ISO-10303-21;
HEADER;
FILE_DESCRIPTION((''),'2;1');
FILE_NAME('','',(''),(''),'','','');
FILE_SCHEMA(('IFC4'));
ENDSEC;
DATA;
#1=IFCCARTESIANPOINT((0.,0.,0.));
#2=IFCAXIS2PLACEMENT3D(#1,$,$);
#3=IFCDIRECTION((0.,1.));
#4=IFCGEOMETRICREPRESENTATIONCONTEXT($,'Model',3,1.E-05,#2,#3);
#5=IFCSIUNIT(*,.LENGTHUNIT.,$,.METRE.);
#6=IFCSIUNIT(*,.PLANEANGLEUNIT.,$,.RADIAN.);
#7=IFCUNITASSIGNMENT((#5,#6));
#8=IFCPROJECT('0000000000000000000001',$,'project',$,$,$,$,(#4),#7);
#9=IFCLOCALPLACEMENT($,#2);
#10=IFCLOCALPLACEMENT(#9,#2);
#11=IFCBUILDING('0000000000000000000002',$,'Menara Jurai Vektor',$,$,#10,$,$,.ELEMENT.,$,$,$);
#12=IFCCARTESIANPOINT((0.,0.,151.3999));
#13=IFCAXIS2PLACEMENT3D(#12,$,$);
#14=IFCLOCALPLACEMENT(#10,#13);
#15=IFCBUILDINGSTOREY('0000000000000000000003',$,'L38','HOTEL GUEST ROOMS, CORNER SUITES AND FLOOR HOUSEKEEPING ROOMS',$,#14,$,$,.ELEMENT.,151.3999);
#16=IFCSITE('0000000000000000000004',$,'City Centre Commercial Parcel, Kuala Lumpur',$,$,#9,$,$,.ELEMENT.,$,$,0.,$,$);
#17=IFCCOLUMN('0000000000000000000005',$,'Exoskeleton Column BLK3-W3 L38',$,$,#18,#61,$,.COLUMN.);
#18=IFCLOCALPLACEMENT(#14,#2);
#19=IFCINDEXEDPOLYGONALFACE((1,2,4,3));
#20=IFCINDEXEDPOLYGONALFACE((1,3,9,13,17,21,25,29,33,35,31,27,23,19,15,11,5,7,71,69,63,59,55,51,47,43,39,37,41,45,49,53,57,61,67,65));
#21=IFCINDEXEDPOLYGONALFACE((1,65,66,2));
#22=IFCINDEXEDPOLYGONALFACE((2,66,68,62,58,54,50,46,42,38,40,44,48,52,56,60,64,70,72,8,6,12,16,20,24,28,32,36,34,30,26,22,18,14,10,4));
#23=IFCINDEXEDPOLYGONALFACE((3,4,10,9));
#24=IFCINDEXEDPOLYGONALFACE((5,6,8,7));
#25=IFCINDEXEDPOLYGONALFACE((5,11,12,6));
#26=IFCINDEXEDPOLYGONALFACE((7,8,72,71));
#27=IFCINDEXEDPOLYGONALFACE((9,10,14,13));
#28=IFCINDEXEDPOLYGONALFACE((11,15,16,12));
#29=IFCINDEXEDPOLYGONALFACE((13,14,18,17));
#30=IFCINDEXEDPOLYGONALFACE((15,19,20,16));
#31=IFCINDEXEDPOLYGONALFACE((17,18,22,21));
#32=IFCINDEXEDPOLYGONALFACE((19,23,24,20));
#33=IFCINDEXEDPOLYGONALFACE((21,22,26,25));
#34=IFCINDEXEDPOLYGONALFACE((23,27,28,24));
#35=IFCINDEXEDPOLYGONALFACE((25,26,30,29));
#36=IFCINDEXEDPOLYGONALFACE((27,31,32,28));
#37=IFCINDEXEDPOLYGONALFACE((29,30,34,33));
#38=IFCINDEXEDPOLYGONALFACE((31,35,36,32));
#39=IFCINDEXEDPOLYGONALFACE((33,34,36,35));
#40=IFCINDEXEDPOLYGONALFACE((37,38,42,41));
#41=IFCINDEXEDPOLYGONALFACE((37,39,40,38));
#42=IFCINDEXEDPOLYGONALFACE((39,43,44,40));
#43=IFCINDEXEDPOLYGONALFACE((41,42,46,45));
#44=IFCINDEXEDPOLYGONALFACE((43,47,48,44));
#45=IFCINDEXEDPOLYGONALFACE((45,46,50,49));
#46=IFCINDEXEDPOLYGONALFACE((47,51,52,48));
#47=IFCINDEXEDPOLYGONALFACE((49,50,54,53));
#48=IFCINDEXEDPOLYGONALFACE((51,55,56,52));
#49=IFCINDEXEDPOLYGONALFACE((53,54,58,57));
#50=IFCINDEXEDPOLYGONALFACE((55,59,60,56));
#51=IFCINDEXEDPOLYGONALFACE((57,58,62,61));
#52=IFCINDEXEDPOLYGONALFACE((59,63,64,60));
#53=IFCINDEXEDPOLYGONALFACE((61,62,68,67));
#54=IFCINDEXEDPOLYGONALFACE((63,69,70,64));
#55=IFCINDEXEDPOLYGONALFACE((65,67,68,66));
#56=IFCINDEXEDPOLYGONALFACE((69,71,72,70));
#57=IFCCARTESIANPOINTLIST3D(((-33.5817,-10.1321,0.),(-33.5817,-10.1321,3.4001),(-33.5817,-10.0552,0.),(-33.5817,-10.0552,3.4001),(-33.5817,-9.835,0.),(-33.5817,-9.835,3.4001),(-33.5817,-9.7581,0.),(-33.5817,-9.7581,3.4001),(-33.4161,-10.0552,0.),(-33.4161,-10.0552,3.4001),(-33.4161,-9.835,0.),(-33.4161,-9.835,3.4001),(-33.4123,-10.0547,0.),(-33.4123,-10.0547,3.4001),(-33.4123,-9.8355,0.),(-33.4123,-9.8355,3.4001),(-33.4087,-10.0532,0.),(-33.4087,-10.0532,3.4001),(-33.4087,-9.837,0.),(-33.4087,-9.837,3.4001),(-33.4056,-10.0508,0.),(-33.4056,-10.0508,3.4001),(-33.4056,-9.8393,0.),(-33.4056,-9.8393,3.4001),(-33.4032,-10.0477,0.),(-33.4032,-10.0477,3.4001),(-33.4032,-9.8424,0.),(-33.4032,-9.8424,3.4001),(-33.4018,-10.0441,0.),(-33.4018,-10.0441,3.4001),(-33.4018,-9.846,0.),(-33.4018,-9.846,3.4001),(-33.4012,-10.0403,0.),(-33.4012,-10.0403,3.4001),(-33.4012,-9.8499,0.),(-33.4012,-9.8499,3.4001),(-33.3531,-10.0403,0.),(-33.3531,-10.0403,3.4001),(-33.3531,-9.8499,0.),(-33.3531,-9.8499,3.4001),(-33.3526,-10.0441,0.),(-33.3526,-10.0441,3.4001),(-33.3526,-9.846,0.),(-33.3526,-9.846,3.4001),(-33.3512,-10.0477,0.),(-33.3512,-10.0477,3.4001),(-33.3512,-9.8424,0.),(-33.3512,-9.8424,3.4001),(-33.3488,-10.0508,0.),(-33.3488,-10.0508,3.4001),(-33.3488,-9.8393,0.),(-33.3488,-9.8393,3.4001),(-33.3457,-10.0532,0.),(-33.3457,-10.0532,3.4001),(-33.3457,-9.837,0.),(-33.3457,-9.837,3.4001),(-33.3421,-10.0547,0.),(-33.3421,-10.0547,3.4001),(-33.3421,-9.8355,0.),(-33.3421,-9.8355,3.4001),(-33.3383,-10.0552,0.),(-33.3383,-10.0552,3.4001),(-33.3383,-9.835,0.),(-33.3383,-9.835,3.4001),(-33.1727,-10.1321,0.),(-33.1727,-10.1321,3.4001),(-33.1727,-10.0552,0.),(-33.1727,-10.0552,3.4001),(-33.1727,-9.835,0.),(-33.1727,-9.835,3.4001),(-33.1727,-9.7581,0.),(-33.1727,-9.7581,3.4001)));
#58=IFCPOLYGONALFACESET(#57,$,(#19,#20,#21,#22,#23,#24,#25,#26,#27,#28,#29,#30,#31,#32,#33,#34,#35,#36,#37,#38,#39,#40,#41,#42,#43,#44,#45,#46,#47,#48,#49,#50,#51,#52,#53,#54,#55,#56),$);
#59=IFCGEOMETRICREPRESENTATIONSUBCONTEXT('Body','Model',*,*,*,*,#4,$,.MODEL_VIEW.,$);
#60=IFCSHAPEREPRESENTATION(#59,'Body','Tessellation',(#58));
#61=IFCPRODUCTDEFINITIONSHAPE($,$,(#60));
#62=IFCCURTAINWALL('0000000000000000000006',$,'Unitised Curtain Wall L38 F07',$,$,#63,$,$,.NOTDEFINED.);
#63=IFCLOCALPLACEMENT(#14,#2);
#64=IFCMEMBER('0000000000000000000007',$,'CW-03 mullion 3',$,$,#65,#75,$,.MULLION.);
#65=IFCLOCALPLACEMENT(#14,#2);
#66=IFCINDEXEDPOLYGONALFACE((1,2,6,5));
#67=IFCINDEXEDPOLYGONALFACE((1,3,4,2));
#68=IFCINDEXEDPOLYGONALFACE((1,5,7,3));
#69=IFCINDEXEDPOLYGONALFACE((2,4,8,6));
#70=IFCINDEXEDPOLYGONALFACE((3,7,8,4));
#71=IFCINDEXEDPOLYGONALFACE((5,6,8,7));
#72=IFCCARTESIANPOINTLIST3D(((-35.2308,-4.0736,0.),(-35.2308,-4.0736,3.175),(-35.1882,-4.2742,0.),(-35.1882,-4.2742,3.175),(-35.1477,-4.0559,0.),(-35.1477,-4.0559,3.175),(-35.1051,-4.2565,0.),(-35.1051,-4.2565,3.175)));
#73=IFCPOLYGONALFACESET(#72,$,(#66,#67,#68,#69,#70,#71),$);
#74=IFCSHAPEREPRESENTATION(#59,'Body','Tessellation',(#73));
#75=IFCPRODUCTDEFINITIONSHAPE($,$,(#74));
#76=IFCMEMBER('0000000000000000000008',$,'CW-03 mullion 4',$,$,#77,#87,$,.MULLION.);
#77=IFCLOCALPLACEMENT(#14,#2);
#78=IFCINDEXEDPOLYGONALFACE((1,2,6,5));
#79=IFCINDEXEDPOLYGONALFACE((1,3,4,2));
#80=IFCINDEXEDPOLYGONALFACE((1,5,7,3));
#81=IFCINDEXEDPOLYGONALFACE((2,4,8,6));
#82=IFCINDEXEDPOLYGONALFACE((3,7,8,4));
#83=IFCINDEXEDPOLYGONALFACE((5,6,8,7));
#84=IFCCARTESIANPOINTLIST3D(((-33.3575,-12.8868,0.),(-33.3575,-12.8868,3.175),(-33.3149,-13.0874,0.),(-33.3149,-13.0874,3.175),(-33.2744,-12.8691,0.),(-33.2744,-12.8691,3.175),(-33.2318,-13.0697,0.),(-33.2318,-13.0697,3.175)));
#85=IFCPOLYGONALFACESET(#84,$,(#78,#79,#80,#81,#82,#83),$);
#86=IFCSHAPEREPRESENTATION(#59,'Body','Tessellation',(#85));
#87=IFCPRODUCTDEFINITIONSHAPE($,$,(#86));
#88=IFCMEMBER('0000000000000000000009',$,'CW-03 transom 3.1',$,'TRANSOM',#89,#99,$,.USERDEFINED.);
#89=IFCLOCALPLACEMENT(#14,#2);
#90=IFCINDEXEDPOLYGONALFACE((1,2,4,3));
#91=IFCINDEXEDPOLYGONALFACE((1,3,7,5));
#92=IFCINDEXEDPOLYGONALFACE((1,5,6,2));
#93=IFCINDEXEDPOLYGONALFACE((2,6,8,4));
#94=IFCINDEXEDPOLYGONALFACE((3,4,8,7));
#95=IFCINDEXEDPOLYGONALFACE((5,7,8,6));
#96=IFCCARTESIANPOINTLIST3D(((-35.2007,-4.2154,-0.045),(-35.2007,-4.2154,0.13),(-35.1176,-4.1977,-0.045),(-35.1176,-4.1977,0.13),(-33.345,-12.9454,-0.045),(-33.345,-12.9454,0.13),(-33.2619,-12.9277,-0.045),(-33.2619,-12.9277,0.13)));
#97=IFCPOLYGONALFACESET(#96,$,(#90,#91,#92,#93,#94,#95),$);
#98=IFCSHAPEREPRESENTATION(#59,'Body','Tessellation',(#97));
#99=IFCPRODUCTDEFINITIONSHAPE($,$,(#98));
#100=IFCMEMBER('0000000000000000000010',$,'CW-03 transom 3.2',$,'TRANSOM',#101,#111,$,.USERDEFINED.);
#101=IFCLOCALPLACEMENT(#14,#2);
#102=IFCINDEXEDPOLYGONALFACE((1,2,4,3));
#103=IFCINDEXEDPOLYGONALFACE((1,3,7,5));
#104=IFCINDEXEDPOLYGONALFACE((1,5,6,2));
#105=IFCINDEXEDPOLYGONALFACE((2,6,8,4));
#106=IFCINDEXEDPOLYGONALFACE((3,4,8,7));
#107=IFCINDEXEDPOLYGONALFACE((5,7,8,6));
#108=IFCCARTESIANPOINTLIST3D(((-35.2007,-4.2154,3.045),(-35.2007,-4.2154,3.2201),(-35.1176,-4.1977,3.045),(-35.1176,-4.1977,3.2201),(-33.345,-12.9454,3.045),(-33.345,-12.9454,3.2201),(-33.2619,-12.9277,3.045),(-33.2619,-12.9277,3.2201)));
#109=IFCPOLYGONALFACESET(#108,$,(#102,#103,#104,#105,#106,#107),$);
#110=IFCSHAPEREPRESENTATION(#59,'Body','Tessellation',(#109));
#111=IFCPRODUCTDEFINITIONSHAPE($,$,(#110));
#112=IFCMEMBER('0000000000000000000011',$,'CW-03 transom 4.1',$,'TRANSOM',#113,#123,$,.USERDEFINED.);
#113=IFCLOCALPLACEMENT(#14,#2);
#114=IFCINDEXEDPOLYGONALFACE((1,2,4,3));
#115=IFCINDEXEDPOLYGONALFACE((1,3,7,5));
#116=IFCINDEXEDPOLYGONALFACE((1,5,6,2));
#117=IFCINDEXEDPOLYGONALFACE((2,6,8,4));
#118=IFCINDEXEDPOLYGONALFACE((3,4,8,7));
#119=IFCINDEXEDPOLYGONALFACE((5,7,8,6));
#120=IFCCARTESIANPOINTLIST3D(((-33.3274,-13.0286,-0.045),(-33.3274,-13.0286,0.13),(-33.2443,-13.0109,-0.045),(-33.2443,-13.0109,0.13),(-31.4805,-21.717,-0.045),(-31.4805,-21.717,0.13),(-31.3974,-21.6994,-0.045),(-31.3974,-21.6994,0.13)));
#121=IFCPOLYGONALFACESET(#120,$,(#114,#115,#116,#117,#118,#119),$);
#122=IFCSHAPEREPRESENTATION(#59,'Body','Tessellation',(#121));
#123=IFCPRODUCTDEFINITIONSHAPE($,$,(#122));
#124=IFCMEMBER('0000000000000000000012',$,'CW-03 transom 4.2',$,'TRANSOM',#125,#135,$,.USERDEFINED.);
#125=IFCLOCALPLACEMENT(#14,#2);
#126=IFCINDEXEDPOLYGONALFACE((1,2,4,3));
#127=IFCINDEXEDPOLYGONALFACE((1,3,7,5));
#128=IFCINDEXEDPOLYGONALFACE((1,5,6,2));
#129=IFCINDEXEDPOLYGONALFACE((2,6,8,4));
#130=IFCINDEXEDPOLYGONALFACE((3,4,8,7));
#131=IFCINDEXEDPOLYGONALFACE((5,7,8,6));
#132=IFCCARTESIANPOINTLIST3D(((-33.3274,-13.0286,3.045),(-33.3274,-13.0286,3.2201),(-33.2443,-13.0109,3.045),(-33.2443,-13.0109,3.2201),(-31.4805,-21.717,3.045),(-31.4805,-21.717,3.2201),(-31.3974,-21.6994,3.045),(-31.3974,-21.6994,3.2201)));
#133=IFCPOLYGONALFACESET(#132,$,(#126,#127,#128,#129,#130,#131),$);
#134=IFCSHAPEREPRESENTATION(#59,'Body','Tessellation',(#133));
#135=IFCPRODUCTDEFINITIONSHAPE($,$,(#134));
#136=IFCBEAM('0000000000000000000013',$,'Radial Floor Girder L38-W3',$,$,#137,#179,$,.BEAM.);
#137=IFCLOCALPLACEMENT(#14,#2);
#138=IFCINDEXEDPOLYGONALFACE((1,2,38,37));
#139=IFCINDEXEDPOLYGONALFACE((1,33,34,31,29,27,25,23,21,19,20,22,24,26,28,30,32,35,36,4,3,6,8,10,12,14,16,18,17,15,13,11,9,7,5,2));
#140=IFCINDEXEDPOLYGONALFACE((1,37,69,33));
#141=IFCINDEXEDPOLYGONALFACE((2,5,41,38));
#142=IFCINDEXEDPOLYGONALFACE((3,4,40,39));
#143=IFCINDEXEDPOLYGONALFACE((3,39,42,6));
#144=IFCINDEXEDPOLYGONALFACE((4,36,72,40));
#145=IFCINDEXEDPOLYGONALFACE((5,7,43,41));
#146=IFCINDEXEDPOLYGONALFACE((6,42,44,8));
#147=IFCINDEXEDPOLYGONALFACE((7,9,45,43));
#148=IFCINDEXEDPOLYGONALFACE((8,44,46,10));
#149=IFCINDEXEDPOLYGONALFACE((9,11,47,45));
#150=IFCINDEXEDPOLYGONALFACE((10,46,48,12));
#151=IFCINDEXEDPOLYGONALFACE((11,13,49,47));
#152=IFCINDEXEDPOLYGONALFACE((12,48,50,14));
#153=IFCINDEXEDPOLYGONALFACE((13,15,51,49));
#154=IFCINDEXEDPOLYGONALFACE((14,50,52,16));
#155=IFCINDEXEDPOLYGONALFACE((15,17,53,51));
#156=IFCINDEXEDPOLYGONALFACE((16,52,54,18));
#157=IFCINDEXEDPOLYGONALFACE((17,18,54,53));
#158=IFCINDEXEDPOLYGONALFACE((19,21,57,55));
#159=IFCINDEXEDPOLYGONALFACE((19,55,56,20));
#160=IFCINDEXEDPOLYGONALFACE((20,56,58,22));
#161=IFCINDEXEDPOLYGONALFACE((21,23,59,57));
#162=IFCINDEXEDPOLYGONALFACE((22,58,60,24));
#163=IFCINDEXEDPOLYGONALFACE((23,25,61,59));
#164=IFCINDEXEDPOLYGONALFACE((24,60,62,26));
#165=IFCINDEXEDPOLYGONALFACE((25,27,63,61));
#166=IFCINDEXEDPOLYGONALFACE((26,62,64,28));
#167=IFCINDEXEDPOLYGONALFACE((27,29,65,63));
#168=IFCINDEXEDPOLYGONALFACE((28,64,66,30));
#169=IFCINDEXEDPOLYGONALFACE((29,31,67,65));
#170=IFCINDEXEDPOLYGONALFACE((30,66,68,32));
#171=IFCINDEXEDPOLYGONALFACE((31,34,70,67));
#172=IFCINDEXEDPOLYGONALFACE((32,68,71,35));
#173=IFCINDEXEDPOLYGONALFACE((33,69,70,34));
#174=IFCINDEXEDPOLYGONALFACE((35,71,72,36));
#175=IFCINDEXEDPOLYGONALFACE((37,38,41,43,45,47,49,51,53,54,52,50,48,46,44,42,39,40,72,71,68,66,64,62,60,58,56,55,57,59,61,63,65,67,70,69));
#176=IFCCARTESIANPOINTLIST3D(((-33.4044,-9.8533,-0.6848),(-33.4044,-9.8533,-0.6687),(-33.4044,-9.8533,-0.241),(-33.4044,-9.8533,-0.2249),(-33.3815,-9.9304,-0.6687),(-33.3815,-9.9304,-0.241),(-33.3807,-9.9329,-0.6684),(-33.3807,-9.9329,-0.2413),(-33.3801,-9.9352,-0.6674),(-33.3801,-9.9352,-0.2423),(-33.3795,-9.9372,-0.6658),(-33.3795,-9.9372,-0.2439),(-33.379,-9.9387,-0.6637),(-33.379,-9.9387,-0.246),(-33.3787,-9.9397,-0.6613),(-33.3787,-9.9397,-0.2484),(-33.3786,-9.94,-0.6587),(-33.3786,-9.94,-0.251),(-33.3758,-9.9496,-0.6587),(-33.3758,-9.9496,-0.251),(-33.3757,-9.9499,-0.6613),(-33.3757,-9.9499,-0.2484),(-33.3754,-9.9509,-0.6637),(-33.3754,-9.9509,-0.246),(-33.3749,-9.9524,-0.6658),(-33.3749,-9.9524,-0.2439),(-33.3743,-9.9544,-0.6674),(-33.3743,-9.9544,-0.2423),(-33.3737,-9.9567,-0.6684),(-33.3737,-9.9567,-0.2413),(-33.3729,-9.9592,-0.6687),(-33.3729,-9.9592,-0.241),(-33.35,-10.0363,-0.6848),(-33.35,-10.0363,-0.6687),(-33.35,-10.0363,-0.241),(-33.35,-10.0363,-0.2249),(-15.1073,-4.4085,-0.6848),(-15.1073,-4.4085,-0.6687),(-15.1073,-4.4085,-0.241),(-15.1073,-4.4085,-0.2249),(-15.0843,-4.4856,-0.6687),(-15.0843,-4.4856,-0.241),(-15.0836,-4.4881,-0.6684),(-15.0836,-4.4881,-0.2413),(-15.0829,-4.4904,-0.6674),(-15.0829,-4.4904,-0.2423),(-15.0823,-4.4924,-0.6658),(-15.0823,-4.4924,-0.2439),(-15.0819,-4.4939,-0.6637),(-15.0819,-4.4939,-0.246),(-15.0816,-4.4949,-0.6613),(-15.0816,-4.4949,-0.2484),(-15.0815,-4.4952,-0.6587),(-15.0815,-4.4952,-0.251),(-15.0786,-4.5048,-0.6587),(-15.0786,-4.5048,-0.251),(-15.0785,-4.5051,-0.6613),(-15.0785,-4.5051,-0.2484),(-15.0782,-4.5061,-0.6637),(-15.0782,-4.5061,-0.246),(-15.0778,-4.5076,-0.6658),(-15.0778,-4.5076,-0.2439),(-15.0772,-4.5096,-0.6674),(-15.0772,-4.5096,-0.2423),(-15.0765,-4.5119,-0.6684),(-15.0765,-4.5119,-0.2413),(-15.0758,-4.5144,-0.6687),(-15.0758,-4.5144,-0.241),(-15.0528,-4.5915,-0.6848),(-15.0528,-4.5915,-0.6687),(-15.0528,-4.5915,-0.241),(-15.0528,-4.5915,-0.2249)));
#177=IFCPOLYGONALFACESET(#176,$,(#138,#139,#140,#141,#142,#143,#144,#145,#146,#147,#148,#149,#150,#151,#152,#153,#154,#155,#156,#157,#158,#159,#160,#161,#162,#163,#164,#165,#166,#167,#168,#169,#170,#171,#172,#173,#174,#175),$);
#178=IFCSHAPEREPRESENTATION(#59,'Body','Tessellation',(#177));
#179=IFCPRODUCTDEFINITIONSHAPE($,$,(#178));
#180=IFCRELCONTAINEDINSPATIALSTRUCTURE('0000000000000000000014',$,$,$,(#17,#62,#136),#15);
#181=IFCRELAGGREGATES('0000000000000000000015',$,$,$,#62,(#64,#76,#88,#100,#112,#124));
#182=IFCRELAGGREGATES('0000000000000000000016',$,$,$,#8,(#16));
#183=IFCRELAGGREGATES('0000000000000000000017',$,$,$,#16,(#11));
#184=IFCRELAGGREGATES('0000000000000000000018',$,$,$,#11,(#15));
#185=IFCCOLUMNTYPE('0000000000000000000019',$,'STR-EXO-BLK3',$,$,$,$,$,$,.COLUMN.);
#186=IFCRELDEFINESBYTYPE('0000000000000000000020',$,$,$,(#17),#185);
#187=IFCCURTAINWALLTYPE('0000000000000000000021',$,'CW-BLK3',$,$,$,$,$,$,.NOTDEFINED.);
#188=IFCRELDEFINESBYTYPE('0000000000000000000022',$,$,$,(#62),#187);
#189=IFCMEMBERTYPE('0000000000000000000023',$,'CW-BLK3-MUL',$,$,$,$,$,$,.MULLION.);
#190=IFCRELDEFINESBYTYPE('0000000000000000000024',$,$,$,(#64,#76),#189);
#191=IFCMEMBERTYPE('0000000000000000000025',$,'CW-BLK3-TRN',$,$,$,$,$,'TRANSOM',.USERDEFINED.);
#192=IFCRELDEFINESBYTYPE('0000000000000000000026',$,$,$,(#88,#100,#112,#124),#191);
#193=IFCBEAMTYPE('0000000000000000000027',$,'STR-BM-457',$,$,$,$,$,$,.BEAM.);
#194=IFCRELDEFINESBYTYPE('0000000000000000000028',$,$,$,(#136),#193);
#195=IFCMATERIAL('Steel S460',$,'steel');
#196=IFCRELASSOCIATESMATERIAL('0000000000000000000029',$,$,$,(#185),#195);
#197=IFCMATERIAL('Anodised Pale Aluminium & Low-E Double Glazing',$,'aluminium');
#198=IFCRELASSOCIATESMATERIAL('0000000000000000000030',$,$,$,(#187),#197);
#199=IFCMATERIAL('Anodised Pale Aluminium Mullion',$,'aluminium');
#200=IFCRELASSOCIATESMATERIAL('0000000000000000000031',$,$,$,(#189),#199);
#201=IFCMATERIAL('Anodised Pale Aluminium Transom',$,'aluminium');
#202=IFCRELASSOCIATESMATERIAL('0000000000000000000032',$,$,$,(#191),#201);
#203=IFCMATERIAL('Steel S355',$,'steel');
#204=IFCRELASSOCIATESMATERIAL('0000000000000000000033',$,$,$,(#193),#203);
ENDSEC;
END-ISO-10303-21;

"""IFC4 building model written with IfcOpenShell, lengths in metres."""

from ifc_helpers import new_model, si_unit, direction, frame, origin, origin_2d, place, context, subcontext, project, spatial, rectangle, i_section, extrude, material, material_profile, profile_set, type_object, element, aggregate, save


model = new_model("IFC4")

# Units and contexts
model_context = context("Model", 3, precision=1e-05, world=origin(), true_north=direction((0.0, 1.0)))
body_context = subcontext(model_context, "Body", "Model", "MODEL_VIEW")
ifc_project = project(units=[si_unit("LENGTHUNIT", "METRE"), si_unit("PLANEANGLEUNIT", "RADIAN")], contexts=[model_context])

# Site, building, storey
site_placement = place(None, origin())
site = spatial("IfcSite", under=ifc_project, at=site_placement, Name="City Centre Commercial Parcel, Kuala Lumpur", CompositionType="ELEMENT", RefElevation=0.0)
building_placement = place(site_placement, origin())
building = spatial("IfcBuilding", under=site, at=building_placement, Name="Menara Jurai Vektor", CompositionType="ELEMENT")
storey_placement = place(building_placement, frame((0.0, 0.0, 151.3999)))
storey = spatial("IfcBuildingStorey", under=building, at=storey_placement, Name="L38", Description="HOTEL GUEST ROOMS, CORNER SUITES AND FLOOR HOUSEKEEPING ROOMS", CompositionType="ELEMENT", Elevation=151.3999)

# Column
ifc_material_1 = material(Name="Steel S460", Category="steel")
ifc_material_profile_1 = material_profile(ifc_material_1, i_section(OverallWidth=0.4089, OverallDepth=0.374, WebThickness=0.0481, FlangeThickness=0.0769, FilletRadius=0.0149, at=origin_2d()), Name="HD 400x634")
ifc_profile_set_1 = profile_set([ifc_material_profile_1], Name="Steel S460")
column_type = type_object("IfcColumnType", Name="STR-EXO-BLK3", PredefinedType="COLUMN", material=ifc_profile_set_1)
column_placement = place(storey_placement, frame((-33.3772, -9.9451, 0.0), z_axis=(0.0, 0.0, 1.0), x_axis=(1.0, 0.0, 0.0)))
element("IfcColumn", 1, at=column_placement, inside=storey, type_object=column_type, Name="Exoskeleton Column BLK3-W3 L38", PredefinedType="COLUMN", context=body_context, shape_type="SweptSolid", body=[
    extrude(i_section(OverallWidth=0.4089, OverallDepth=0.374, WebThickness=0.0481, FlangeThickness=0.0769, FilletRadius=0.0149, at=origin_2d()), origin(), (0.0, 0.0, 1.0), 3.4001),
])

# Curtain wall, members
ifc_material_2 = material(Name="Anodised Pale Aluminium & Low-E Double Glazing", Category="aluminium")
curtain_wall_type = type_object("IfcCurtainWallType", Name="CW-BLK3", PredefinedType="NOTDEFINED", material=ifc_material_2)
curtain_wall_placement = place(storey_placement, origin())
curtain_wall = element("IfcCurtainWall", 2, at=curtain_wall_placement, inside=storey, type_object=curtain_wall_type, Name="Unitised Curtain Wall L38 F07", PredefinedType="NOTDEFINED")
ifc_material_3 = material(Name="Anodised Pale Aluminium Mullion", Category="aluminium")
ifc_material_profile_2 = material_profile(ifc_material_3, rectangle(XDim=0.085, YDim=0.2051, at=origin_2d()), Name="ALU MUL 85x205")
ifc_profile_set_2 = profile_set([ifc_material_profile_2], Name="Anodised Pale Aluminium Mullion")
member_type_1 = type_object("IfcMemberType", Name="CW-BLK3-MUL", PredefinedType="MULLION", material=ifc_profile_set_2)
member_1_placement = place(storey_placement, frame((-35.168, -4.165, 0.0), z_axis=(0.0, 0.0, 1.0), x_axis=(0.978148, 0.20791, 0.0)))
member_1 = element("IfcMember", 3, at=member_1_placement, type_object=member_type_1, Name="CW-03 mullion 3", PredefinedType="MULLION", context=body_context, shape_type="SweptSolid", body=[
    extrude(rectangle(XDim=0.085, YDim=0.2051, at=origin_2d()), origin(), (0.0, 0.0, 1.0), 3.175),
])
member_2_placement = place(storey_placement, frame((-33.2947, -12.9783, 0.0), z_axis=(0.0, 0.0, 1.0), x_axis=(0.978148, 0.20791, 0.0)))
member_2 = element("IfcMember", 4, at=member_2_placement, type_object=member_type_1, Name="CW-03 mullion 4", PredefinedType="MULLION", context=body_context, shape_type="SweptSolid", body=[
    extrude(rectangle(XDim=0.085, YDim=0.2051, at=origin_2d()), origin(), (0.0, 0.0, 1.0), 3.175),
])
ifc_material_4 = material(Name="Anodised Pale Aluminium Transom", Category="aluminium")
ifc_material_profile_3 = material_profile(ifc_material_4, rectangle(XDim=0.085, YDim=0.175, at=origin_2d()), Name="ALU TRN 85x175")
ifc_profile_set_3 = profile_set([ifc_material_profile_3], Name="Anodised Pale Aluminium Transom")
member_type_2 = type_object("IfcMemberType", Name="CW-BLK3-TRN", ElementType="TRANSOM", PredefinedType="USERDEFINED", material=ifc_profile_set_3)
member_3_placement = place(storey_placement, frame((-35.1592, -4.2065, 0.0425), z_axis=(0.207922, -0.978145, 0.0), x_axis=(0.978145, 0.207922, 0.0)))
member_3 = element("IfcMember", 5, at=member_3_placement, type_object=member_type_2, Name="CW-03 transom 3.1", ObjectType="TRANSOM", PredefinedType="USERDEFINED", context=body_context, shape_type="SweptSolid", body=[
    extrude(rectangle(XDim=0.085, YDim=0.175, at=origin_2d()), origin(), (0.0, 0.0, 1.0), 8.925),
])
member_4_placement = place(storey_placement, frame((-35.1592, -4.2065, 3.1326), z_axis=(0.207922, -0.978145, 0.0), x_axis=(0.978145, 0.207922, 0.0)))
member_4 = element("IfcMember", 6, at=member_4_placement, type_object=member_type_2, Name="CW-03 transom 3.2", ObjectType="TRANSOM", PredefinedType="USERDEFINED", context=body_context, shape_type="SweptSolid", body=[
    extrude(rectangle(XDim=0.085, YDim=0.175, at=origin_2d()), origin(), (0.0, 0.0, 1.0), 8.925),
])
member_5_placement = place(storey_placement, frame((-33.2859, -13.0198, 0.0425), z_axis=(0.207926, -0.978145, 0.0), x_axis=(0.978145, 0.207926, 0.0)))
member_5 = element("IfcMember", 7, at=member_5_placement, type_object=member_type_2, Name="CW-03 transom 4.1", ObjectType="TRANSOM", PredefinedType="USERDEFINED", context=body_context, shape_type="SweptSolid", body=[
    extrude(rectangle(XDim=0.085, YDim=0.175, at=origin_2d()), origin(), (0.0, 0.0, 1.0), 8.8826),
])
member_6_placement = place(storey_placement, frame((-33.2859, -13.0198, 3.1326), z_axis=(0.207926, -0.978145, 0.0), x_axis=(0.978145, 0.207926, 0.0)))
member_6 = element("IfcMember", 8, at=member_6_placement, type_object=member_type_2, Name="CW-03 transom 4.2", ObjectType="TRANSOM", PredefinedType="USERDEFINED", context=body_context, shape_type="SweptSolid", body=[
    extrude(rectangle(XDim=0.085, YDim=0.175, at=origin_2d()), origin(), (0.0, 0.0, 1.0), 8.8826),
])

# Beam
ifc_material_5 = material(Name="Steel S355", Category="steel")
ifc_material_profile_4 = material_profile(ifc_material_5, i_section(OverallWidth=0.1909, OverallDepth=0.46, WebThickness=0.01, FlangeThickness=0.0161, FilletRadius=0.01, at=origin_2d()), Name="UKB 457x191x82")
ifc_profile_set_4 = profile_set([ifc_material_profile_4], Name="Steel S355")
beam_type_1 = type_object("IfcBeamType", Name="STR-BM-457", PredefinedType="BEAM", material=ifc_profile_set_4)
beam_1_placement = place(storey_placement, frame((-33.3772, -9.9448, -0.4548), z_axis=(0.958463, 0.285218, 0.0), x_axis=(-0.285218, 0.958463, 0.0)))
element("IfcBeam", 9, at=beam_1_placement, inside=storey, type_object=beam_type_1, Name="Radial Floor Girder L38-W3", PredefinedType="BEAM", context=body_context, shape_type="SweptSolid", body=[
    extrude(i_section(OverallWidth=0.1909, OverallDepth=0.46, WebThickness=0.01, FlangeThickness=0.0161, FilletRadius=0.01, at=origin_2d()), origin(), (0.0, 0.0, 1.0), 19.0901),
])

aggregate(curtain_wall, [member_1, member_2, member_3, member_4, member_5, member_6])

save(model, "model.ifc")
